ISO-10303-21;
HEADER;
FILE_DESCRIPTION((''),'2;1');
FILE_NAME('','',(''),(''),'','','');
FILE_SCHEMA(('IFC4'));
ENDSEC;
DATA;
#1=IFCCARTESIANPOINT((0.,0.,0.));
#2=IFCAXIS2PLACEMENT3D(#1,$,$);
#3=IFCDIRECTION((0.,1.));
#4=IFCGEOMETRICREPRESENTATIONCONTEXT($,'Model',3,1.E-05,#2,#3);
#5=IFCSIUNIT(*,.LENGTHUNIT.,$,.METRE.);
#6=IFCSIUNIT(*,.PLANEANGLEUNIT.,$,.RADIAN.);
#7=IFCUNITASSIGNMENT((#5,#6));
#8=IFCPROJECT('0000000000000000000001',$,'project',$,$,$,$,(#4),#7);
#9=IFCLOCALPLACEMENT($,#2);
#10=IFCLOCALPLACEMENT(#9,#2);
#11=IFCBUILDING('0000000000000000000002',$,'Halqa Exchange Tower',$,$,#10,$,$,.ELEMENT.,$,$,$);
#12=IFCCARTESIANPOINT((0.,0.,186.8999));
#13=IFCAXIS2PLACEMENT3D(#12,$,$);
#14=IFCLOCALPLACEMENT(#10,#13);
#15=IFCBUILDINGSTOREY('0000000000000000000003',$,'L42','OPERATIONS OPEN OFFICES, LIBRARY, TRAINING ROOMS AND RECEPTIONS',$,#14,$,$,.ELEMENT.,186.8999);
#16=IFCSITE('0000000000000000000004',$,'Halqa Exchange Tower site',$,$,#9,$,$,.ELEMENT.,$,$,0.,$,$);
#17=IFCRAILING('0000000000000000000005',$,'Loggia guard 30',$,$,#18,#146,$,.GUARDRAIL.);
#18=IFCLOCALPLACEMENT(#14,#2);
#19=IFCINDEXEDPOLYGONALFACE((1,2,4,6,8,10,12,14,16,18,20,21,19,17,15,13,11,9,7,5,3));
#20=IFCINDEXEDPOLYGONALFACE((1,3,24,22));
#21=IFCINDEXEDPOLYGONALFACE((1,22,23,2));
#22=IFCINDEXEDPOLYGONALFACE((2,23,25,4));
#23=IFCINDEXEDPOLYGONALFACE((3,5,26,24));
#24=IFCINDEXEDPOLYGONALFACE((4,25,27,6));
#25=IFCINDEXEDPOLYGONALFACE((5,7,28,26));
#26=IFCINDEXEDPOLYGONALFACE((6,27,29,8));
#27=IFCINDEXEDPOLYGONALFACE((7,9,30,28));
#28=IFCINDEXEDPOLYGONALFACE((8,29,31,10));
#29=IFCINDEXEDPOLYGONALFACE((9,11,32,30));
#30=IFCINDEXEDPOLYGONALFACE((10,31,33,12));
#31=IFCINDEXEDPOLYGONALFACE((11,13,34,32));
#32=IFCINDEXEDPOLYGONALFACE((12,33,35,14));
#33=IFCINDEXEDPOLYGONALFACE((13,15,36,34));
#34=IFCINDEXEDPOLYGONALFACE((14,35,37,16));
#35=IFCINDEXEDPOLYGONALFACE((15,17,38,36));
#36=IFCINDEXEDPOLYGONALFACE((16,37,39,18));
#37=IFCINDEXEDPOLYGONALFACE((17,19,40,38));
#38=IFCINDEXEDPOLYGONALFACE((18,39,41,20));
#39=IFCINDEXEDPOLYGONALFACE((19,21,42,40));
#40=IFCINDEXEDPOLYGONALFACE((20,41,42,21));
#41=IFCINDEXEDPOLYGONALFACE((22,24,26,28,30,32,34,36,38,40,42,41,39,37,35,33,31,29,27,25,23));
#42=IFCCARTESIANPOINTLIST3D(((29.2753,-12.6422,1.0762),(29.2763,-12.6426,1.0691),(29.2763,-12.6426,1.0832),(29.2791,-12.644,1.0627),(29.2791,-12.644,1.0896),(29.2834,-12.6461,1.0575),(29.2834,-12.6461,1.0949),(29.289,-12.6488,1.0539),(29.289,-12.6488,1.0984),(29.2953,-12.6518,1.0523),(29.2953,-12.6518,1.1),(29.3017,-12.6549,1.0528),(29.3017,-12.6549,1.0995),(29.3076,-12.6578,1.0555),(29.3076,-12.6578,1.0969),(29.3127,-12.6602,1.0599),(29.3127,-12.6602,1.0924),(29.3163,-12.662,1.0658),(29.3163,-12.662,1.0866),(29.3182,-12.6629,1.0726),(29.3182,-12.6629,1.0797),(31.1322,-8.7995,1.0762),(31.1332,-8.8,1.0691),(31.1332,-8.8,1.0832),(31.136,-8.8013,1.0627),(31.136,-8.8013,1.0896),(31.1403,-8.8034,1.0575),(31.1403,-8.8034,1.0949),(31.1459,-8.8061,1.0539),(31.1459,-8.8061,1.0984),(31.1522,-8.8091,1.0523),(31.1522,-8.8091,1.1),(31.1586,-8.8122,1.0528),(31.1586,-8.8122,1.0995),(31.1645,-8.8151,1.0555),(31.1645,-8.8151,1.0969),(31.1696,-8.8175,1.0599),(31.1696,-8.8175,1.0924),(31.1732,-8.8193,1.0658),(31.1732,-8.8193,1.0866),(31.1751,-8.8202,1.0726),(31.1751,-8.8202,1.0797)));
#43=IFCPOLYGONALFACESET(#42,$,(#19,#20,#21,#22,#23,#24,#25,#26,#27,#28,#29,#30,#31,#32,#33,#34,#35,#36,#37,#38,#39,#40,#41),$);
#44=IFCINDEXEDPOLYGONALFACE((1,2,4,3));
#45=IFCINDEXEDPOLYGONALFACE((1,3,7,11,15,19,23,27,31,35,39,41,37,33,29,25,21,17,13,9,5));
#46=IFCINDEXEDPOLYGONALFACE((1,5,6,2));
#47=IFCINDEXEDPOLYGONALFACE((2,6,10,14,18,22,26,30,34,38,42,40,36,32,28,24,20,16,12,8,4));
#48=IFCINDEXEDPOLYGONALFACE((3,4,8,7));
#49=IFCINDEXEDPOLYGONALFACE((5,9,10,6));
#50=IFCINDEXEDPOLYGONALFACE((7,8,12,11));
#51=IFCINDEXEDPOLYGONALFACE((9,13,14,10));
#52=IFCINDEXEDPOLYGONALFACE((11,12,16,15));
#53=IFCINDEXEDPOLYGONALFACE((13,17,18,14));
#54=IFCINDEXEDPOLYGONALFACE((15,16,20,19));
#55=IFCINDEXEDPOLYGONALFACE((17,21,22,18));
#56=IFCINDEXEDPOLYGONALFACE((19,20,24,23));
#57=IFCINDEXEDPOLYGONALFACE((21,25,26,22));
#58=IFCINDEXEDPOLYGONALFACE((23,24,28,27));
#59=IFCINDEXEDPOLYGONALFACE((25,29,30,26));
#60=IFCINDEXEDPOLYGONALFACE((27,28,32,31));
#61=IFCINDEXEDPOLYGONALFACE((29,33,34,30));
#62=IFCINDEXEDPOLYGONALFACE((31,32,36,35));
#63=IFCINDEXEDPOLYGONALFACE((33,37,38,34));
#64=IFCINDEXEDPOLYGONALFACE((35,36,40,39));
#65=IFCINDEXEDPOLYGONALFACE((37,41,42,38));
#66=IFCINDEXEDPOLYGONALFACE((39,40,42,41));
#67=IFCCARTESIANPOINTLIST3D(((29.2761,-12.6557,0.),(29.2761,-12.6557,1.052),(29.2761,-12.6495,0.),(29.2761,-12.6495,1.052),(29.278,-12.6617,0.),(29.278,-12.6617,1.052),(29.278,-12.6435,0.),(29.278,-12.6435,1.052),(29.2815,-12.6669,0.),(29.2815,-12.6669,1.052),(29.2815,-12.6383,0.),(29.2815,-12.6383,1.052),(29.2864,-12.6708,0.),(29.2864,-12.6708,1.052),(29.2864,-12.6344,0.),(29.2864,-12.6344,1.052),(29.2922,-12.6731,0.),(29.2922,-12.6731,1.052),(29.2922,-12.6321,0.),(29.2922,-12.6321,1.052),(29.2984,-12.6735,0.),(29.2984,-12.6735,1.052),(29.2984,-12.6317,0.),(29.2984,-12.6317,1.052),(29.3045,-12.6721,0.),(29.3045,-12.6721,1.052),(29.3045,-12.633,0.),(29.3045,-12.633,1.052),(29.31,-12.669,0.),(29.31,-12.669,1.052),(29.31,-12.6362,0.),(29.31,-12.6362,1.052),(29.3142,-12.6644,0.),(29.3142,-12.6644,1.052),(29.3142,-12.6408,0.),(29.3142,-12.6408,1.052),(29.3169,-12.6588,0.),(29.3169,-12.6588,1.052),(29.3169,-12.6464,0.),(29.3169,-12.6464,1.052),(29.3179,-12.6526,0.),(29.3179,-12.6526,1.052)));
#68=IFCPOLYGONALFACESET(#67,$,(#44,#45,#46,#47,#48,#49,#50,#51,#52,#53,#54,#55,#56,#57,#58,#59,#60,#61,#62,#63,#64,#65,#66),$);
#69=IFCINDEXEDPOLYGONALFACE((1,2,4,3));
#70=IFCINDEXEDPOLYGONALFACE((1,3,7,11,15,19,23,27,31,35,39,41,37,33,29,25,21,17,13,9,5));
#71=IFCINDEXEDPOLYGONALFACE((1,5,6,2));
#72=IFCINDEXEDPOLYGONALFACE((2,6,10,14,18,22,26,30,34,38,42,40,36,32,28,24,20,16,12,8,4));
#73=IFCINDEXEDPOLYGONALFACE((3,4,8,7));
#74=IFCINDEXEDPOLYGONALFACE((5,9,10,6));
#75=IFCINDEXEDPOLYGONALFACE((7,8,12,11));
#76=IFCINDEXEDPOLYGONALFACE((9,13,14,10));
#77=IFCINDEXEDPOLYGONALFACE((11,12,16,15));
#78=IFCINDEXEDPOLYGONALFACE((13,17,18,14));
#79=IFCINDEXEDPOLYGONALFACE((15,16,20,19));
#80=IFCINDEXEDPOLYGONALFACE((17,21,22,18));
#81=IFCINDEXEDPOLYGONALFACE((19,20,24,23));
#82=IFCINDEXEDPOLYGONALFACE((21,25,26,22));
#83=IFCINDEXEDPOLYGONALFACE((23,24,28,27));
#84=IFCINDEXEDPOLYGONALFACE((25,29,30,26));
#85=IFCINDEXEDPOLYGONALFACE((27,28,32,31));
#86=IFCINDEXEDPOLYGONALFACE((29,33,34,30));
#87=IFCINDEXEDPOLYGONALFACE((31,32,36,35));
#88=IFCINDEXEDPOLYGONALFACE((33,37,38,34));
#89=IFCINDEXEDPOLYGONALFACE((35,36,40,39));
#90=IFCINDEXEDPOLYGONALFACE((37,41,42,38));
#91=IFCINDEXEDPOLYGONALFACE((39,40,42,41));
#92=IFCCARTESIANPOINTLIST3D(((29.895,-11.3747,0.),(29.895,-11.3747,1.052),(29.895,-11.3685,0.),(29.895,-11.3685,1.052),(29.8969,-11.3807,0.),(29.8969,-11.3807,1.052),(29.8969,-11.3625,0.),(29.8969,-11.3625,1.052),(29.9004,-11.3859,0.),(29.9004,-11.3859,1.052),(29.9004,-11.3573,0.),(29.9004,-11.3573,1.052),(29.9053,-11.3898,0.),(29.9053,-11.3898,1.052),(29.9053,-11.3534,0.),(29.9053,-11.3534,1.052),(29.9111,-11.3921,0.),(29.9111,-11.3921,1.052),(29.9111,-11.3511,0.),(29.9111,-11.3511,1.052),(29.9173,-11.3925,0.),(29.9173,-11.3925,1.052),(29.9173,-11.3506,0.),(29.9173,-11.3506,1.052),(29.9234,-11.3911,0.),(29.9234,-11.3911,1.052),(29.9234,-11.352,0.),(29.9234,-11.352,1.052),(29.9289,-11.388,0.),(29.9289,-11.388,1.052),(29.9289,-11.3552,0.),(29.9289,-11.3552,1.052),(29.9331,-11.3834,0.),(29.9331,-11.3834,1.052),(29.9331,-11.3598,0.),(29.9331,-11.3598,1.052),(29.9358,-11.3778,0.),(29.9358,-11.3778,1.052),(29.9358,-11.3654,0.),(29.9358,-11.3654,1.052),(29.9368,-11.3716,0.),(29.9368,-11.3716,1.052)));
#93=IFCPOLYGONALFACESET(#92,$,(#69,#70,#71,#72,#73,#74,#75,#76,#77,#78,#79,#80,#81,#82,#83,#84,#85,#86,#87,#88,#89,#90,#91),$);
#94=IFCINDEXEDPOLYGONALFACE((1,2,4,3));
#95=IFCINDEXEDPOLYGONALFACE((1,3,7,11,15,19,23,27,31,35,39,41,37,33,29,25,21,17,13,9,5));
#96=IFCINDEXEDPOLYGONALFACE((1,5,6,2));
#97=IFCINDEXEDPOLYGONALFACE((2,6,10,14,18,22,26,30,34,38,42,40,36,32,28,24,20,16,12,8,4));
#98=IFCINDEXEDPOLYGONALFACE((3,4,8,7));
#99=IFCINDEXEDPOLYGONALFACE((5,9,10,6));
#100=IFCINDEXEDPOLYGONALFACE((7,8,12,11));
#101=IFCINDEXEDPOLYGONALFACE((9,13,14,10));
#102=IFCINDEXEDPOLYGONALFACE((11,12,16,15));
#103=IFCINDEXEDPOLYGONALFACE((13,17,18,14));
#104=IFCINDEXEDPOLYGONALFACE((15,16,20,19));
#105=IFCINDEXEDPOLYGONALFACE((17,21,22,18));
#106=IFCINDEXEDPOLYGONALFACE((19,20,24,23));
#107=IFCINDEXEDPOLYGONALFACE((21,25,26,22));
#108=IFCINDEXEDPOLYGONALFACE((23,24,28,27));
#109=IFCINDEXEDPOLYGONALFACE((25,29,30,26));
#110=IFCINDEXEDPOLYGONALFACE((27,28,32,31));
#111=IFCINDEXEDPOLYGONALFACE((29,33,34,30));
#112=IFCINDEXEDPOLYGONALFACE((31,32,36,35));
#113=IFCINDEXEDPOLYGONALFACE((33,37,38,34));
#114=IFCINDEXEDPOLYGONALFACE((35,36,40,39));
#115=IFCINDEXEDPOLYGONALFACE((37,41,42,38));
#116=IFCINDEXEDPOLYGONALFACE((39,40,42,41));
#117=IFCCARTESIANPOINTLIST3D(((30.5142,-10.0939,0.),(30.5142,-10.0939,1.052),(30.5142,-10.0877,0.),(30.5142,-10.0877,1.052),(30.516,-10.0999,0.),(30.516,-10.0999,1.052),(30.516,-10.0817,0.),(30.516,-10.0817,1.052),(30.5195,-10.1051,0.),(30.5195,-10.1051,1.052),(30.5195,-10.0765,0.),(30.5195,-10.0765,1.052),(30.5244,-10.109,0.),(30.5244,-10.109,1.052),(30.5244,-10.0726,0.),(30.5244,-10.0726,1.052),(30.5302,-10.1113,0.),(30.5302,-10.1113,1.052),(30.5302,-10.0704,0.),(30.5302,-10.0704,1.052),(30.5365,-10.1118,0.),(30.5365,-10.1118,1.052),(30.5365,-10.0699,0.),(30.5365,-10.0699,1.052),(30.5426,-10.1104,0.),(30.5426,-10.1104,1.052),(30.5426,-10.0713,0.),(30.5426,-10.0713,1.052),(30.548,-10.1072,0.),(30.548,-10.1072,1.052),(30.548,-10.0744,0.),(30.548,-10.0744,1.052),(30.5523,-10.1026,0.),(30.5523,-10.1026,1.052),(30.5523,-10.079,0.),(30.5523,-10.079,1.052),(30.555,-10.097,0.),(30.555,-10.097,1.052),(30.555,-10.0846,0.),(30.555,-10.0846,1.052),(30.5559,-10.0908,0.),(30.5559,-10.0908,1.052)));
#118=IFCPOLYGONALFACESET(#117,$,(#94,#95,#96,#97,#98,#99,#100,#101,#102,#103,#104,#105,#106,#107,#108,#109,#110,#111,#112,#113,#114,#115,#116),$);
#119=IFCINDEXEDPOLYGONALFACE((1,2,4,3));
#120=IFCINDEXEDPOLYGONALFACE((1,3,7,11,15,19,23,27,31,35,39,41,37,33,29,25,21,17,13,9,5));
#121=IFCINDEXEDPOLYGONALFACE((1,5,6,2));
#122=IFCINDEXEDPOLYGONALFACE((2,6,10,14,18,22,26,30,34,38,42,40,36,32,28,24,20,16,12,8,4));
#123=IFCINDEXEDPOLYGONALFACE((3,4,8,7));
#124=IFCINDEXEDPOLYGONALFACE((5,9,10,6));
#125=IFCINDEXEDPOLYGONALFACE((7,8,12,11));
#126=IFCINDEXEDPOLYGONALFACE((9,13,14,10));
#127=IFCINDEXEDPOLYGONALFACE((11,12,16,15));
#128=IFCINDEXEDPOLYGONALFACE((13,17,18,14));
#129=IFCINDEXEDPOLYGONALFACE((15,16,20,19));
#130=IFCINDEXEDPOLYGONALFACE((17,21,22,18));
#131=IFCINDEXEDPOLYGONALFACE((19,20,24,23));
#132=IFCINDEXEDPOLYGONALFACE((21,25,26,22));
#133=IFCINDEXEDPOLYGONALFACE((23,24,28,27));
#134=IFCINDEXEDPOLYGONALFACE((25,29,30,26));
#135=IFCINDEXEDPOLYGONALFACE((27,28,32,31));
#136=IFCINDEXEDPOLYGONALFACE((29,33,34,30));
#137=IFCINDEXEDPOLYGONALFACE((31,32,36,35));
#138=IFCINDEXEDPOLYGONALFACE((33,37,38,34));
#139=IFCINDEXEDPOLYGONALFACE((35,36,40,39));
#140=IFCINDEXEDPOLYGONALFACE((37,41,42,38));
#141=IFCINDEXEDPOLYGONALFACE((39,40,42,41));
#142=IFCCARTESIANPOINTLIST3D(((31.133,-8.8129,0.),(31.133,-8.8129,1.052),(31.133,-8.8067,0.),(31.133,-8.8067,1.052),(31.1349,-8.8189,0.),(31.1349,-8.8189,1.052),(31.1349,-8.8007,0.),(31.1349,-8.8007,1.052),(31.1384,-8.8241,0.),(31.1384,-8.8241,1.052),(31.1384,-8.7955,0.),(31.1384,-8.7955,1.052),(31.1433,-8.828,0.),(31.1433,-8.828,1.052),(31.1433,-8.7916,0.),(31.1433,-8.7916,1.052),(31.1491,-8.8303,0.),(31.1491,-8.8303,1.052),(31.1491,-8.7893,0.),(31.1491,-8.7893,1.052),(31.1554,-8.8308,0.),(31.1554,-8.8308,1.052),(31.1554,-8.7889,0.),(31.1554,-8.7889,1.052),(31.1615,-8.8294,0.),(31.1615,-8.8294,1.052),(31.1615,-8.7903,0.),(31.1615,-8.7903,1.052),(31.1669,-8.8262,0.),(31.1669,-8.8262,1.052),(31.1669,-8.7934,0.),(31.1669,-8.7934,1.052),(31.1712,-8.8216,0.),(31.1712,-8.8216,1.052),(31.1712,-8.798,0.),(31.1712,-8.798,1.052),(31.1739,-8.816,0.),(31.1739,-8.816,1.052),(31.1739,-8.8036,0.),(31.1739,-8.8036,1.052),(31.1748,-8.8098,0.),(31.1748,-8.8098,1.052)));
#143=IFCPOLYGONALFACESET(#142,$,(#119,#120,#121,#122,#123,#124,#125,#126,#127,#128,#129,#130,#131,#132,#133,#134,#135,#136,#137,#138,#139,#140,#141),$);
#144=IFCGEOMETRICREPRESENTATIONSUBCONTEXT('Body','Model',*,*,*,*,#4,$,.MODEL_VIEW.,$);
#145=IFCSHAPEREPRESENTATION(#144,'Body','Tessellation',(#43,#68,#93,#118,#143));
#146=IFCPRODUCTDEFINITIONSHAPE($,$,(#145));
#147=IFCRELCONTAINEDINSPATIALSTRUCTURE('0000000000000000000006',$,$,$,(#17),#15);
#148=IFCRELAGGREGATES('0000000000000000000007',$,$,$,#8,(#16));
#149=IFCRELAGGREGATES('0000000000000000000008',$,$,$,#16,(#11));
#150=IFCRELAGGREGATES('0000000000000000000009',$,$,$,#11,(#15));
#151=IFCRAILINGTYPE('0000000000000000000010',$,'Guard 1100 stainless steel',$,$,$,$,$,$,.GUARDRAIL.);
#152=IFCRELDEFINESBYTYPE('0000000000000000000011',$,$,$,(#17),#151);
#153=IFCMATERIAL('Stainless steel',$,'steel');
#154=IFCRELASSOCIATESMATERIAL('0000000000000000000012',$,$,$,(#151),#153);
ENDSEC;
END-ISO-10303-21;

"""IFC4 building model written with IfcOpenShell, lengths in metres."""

from ifc_helpers import new_model, si_unit, direction, frame, origin, origin_2d, place, context, subcontext, project, spatial, circle, extrude, material, type_object, element, save


model = new_model("IFC4")

# Units and contexts
model_context = context("Model", 3, precision=1e-05, world=origin(), true_north=direction((0.0, 1.0)))
body_context = subcontext(model_context, "Body", "Model", "MODEL_VIEW")
ifc_project = project(units=[si_unit("LENGTHUNIT", "METRE"), si_unit("PLANEANGLEUNIT", "RADIAN")], contexts=[model_context])

# Site, building, storey
site_placement = place(None, origin())
site = spatial("IfcSite", under=ifc_project, at=site_placement, Name="Halqa Exchange Tower site", CompositionType="ELEMENT", RefElevation=0.0)
building_placement = place(site_placement, origin())
building = spatial("IfcBuilding", under=site, at=building_placement, Name="Halqa Exchange Tower", CompositionType="ELEMENT")
storey_placement = place(building_placement, frame((0.0, 0.0, 186.8999)))
storey = spatial("IfcBuildingStorey", under=building, at=storey_placement, Name="L42", Description="OPERATIONS OPEN OFFICES, LIBRARY, TRAINING ROOMS AND RECEPTIONS", CompositionType="ELEMENT", Elevation=186.8999)

# Railing
ifc_material_1 = material(Name="Stainless steel", Category="steel")
railing_type = type_object("IfcRailingType", Name="Guard 1100 stainless steel", PredefinedType="GUARDRAIL", material=ifc_material_1)
railing_1_placement = place(storey_placement, frame((29.2969, -12.6526, 0.0)))
element("IfcRailing", 1, at=railing_1_placement, inside=storey, type_object=railing_type, Name="Loggia guard 30", PredefinedType="GUARDRAIL", context=body_context, shape_type="SweptSolid", body=[
    extrude(circle(Radius=0.0239, at=origin_2d()), frame((0.0, 0.0, 1.0762), z_axis=(0.435091, 0.900386, 0.0), x_axis=(-0.900386, 0.435091, 0.0)), (0.0, 0.0, 1.0), 4.2678),
    extrude(circle(Radius=0.021, at=origin_2d()), origin(), (0.0, 0.0, 1.0), 1.052),
    extrude(circle(Radius=0.021, at=origin_2d()), frame((0.6189, 1.281, 0.0)), (0.0, 0.0, 1.0), 1.052),
    extrude(circle(Radius=0.021, at=origin_2d()), frame((1.238, 2.5618, 0.0)), (0.0, 0.0, 1.0), 1.052),
    extrude(circle(Radius=0.021, at=origin_2d()), frame((1.8569, 3.8428, 0.0)), (0.0, 0.0, 1.0), 1.052),
])

save(model, "model.ifc")
